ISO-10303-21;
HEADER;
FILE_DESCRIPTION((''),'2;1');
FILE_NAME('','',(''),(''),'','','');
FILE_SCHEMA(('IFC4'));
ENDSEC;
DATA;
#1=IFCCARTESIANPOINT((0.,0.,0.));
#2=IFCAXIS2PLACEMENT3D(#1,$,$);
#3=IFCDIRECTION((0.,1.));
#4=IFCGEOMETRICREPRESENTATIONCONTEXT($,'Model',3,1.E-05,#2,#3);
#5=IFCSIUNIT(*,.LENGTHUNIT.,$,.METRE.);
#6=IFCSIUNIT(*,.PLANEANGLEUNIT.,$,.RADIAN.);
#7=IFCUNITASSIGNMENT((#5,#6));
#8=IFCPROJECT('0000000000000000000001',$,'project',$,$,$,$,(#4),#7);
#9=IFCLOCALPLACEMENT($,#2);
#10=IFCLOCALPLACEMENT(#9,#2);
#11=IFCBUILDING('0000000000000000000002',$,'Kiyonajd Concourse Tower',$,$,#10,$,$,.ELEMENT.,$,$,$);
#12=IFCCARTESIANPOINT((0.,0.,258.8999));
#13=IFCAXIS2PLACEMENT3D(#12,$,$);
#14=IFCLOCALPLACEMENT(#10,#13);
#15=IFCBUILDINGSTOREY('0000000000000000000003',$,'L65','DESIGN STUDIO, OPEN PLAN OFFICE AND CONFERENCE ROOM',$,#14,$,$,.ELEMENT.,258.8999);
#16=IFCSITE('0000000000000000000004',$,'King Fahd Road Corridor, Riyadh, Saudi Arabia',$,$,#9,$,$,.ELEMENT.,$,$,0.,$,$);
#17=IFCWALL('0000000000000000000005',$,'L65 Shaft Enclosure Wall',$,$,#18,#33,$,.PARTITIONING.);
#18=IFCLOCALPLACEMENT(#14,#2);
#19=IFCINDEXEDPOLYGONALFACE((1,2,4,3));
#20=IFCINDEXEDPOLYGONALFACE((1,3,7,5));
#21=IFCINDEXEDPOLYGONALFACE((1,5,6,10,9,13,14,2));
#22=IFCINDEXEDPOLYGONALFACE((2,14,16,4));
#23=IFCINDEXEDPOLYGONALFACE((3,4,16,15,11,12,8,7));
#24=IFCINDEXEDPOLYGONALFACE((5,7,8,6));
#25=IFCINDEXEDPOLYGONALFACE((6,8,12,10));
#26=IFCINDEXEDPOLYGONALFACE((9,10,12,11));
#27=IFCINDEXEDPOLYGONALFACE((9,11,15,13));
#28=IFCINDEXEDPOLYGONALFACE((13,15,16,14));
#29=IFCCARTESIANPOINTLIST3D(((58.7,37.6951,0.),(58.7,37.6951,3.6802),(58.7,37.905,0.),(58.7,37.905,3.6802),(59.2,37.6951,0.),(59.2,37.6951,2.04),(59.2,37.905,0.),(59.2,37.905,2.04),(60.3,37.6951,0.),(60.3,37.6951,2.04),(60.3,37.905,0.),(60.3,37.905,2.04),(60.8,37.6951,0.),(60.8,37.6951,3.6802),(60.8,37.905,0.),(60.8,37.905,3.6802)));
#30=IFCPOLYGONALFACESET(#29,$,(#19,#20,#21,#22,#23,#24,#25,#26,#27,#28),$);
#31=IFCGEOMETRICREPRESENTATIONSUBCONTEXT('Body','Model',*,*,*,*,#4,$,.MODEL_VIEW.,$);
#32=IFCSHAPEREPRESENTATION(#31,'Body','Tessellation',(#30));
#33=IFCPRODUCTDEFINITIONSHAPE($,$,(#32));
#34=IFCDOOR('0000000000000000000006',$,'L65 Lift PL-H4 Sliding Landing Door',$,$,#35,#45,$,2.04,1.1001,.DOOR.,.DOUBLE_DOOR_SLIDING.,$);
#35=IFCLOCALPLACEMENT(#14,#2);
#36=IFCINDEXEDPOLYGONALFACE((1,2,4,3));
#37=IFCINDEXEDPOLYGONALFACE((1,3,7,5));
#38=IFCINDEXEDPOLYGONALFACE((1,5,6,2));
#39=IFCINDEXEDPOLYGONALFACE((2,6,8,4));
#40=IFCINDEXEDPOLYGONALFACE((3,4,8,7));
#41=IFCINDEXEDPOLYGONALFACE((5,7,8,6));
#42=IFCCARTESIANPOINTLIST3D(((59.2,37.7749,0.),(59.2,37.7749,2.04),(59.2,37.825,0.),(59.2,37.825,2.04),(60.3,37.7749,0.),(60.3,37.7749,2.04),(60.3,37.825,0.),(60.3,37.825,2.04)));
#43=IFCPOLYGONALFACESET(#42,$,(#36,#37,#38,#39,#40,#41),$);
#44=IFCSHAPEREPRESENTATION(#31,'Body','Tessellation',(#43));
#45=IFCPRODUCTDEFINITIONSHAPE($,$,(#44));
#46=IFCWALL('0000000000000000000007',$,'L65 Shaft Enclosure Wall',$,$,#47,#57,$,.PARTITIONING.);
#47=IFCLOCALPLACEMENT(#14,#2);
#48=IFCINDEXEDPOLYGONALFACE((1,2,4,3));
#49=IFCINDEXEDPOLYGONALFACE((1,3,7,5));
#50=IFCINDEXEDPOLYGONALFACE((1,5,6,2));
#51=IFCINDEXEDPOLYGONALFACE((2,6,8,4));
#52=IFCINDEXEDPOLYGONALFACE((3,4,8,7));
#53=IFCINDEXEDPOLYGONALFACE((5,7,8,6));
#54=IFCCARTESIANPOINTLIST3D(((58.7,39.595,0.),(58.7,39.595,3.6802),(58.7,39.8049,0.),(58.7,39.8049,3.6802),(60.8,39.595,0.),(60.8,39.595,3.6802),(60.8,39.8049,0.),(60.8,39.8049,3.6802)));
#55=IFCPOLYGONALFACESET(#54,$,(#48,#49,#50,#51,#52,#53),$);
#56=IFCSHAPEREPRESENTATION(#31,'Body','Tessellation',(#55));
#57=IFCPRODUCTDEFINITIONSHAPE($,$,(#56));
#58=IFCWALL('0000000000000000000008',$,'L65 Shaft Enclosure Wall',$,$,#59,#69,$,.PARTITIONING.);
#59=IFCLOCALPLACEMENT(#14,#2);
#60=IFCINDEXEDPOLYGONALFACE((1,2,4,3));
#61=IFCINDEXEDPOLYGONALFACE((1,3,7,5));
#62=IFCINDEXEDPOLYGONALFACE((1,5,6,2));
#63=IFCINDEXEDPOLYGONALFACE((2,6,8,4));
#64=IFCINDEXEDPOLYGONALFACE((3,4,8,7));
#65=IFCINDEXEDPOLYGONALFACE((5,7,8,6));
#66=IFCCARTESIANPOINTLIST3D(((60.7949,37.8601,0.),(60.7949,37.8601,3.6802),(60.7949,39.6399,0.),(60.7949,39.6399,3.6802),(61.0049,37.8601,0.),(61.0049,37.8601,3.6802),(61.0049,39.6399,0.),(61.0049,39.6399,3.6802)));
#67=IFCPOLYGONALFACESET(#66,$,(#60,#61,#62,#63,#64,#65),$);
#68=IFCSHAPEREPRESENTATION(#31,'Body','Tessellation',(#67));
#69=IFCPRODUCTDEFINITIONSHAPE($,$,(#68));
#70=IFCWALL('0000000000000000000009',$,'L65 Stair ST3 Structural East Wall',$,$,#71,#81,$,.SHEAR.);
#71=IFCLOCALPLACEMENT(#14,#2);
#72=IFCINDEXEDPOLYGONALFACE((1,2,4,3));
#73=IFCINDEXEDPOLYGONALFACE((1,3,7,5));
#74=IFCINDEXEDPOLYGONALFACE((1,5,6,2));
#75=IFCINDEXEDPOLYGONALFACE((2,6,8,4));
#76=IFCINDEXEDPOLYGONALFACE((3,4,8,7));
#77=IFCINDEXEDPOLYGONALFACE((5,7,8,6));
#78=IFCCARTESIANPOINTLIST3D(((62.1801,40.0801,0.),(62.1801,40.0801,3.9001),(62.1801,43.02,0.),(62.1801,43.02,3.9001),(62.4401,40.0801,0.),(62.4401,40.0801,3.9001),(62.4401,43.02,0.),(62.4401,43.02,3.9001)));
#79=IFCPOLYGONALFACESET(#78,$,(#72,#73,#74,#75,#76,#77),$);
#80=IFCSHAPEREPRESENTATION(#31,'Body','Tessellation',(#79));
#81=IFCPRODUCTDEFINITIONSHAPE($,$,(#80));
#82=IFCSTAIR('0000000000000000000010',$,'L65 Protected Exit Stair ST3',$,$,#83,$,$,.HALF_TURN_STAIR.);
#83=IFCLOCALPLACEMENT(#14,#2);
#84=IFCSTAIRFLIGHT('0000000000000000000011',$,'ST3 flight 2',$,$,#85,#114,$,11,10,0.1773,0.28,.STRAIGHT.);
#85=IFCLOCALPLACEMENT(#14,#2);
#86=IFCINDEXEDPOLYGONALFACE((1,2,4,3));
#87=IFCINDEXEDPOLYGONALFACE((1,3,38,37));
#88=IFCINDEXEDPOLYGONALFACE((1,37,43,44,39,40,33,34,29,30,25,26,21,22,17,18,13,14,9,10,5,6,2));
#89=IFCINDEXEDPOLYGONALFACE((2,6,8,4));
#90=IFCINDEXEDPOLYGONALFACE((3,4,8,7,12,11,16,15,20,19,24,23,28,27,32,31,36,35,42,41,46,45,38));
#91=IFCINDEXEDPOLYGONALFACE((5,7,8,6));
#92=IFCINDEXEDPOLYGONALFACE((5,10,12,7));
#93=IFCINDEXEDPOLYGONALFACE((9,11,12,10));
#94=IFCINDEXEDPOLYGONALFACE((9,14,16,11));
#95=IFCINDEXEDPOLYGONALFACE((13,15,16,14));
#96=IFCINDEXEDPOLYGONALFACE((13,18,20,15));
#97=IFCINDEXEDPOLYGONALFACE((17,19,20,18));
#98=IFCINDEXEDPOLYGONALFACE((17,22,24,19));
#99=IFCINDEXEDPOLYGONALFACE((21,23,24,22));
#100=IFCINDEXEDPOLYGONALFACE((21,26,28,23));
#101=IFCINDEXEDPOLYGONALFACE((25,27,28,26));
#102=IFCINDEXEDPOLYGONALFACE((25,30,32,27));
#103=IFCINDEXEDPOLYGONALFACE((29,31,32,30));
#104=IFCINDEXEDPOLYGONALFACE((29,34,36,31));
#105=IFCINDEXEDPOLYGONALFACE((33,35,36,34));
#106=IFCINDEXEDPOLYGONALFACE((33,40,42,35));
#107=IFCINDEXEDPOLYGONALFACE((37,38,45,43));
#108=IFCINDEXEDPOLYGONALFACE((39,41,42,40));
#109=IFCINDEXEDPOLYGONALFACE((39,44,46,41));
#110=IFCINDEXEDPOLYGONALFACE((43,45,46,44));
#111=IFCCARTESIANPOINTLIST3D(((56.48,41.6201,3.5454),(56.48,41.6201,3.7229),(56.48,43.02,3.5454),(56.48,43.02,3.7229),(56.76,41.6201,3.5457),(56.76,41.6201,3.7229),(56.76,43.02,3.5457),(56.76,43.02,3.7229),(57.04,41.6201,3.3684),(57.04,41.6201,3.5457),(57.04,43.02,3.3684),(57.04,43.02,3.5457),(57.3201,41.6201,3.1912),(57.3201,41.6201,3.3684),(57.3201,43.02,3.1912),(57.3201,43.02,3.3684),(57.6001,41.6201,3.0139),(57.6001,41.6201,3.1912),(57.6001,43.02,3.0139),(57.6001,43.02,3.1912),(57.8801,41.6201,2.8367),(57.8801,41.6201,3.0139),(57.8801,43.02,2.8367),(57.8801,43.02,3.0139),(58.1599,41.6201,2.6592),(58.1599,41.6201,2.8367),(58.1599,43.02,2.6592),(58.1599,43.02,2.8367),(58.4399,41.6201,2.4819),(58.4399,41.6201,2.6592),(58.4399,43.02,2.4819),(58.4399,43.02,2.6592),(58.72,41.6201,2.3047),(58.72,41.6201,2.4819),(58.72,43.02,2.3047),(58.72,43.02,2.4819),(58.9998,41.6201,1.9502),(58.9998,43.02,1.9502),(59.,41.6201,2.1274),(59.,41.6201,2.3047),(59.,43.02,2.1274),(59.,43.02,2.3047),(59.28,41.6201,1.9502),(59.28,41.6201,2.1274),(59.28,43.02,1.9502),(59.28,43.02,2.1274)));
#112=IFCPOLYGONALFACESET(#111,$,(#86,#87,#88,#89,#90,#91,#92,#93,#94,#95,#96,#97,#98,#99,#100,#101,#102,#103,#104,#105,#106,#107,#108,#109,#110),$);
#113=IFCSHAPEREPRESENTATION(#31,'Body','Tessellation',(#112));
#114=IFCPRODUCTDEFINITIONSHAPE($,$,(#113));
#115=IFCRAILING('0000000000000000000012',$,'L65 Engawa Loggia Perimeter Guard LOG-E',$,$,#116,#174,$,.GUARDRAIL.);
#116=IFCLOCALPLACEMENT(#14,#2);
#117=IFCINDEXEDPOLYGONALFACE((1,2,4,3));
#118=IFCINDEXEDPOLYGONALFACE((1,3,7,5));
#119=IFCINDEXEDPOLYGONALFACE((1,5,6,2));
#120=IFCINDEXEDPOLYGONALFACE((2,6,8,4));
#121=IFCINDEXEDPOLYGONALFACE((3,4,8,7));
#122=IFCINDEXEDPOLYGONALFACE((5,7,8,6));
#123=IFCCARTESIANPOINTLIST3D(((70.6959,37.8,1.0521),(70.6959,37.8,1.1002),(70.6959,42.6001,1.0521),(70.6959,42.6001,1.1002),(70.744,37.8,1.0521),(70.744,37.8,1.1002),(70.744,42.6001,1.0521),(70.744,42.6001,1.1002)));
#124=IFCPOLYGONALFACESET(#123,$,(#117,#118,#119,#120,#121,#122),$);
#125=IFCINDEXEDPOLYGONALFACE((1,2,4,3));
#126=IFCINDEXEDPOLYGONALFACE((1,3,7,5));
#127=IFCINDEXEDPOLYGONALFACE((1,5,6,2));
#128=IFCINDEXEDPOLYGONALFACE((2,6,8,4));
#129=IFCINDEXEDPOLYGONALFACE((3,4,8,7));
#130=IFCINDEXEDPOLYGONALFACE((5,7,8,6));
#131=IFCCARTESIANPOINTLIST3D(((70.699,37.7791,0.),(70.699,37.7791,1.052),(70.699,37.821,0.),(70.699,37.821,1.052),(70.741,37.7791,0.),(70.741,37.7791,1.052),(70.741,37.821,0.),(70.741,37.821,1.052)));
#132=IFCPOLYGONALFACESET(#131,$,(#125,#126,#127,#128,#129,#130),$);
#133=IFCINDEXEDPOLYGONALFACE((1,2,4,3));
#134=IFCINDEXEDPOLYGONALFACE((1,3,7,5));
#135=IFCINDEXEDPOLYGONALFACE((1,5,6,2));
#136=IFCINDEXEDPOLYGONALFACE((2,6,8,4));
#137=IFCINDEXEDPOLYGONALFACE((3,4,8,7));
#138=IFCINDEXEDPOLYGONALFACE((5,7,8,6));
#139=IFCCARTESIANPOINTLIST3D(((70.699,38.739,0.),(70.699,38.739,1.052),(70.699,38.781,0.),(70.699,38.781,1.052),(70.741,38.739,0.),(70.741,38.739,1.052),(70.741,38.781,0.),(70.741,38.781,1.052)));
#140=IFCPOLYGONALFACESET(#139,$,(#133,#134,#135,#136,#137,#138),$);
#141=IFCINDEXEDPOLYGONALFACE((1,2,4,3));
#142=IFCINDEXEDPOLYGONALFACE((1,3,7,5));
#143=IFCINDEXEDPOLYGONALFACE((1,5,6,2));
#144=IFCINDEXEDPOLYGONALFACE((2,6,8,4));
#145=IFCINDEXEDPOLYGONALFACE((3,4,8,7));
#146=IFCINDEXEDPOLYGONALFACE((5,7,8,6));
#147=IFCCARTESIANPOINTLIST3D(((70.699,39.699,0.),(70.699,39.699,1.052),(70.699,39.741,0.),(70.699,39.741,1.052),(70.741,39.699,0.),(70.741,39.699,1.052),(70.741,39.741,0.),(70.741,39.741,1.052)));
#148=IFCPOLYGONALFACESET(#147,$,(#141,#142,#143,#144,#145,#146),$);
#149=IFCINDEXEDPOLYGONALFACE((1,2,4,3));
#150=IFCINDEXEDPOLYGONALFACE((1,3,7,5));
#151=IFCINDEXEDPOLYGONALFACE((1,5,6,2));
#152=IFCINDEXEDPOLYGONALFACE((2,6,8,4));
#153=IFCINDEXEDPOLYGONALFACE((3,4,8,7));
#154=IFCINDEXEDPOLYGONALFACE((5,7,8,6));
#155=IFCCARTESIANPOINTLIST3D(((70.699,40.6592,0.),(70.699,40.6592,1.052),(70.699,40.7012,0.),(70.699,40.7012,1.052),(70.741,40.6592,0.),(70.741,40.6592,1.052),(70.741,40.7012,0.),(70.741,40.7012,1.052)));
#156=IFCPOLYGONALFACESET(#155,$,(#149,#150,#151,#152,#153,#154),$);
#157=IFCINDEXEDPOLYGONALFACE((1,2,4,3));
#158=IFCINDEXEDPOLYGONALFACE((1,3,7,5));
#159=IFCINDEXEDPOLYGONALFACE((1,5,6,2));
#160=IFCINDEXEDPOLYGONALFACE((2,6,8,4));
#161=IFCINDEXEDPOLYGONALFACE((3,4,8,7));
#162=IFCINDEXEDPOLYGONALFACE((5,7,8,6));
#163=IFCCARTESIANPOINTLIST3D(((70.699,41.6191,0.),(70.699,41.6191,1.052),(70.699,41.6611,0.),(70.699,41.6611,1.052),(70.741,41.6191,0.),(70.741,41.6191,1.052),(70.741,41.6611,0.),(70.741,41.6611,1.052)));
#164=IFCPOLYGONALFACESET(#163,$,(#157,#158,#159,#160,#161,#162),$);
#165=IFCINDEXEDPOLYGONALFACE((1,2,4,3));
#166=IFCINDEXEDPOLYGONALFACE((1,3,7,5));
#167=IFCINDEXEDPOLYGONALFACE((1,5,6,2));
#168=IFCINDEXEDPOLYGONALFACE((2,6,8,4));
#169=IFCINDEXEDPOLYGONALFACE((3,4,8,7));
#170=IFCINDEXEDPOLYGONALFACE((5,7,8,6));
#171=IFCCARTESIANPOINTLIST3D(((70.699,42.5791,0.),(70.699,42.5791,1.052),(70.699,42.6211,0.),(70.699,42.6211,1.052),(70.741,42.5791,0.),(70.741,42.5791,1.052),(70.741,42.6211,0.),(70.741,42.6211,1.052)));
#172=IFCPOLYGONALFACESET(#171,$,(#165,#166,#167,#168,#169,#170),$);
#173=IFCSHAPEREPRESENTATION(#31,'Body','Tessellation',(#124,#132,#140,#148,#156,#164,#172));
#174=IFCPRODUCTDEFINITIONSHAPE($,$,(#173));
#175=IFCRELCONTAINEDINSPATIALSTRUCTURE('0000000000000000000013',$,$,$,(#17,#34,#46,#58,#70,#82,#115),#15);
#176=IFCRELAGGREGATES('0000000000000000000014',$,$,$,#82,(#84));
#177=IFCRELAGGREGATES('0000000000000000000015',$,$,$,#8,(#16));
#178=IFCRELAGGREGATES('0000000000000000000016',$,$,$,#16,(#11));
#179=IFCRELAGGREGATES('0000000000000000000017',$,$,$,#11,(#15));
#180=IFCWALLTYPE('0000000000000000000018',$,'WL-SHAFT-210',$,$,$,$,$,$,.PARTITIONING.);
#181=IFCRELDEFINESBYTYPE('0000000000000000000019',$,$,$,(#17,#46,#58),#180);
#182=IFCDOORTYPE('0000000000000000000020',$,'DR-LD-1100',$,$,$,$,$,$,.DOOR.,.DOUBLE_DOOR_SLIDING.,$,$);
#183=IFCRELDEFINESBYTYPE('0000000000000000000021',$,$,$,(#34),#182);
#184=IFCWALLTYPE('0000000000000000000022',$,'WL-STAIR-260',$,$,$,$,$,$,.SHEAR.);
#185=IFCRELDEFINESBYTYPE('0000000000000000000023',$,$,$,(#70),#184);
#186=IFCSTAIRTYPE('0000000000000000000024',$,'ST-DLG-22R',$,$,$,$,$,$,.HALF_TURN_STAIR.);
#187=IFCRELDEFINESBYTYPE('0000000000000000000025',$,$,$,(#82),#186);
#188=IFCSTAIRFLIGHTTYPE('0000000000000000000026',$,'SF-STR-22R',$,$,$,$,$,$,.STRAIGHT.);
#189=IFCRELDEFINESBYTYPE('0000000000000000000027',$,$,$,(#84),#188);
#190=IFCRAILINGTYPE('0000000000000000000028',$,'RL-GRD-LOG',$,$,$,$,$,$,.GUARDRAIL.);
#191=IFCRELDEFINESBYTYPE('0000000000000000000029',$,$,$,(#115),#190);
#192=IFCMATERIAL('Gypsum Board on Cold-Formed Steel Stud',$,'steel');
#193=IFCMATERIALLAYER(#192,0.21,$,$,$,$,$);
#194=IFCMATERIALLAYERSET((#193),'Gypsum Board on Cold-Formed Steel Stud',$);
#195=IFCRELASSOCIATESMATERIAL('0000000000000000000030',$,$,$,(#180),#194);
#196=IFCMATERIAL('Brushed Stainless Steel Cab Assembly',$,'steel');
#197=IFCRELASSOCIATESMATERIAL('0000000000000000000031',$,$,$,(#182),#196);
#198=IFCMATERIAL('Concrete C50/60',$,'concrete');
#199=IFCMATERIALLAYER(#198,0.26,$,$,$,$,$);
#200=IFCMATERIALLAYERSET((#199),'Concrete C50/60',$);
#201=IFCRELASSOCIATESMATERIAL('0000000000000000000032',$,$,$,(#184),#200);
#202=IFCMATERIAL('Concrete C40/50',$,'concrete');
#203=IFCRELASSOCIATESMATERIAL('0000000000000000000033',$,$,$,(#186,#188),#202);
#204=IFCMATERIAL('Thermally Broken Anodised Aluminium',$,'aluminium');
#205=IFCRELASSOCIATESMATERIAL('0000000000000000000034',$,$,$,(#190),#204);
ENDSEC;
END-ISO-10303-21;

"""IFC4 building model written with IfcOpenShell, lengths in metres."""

from ifc_helpers import new_model, si_unit, direction, frame, frame_2d, origin, origin_2d, place, context, subcontext, project, spatial, polyline, rectangle, outline, extrude, material, layer, layer_set, type_object, element, fill, aggregate, save


model = new_model("IFC4")

# Units and contexts
model_context = context("Model", 3, precision=1e-05, world=origin(), true_north=direction((0.0, 1.0)))
body_context = subcontext(model_context, "Body", "Model", "MODEL_VIEW")
ifc_project = project(units=[si_unit("LENGTHUNIT", "METRE"), si_unit("PLANEANGLEUNIT", "RADIAN")], contexts=[model_context])

# Site, building, storey
site_placement = place(None, origin())
site = spatial("IfcSite", under=ifc_project, at=site_placement, Name="King Fahd Road Corridor, Riyadh, Saudi Arabia", CompositionType="ELEMENT", RefElevation=0.0)
building_placement = place(site_placement, origin())
building = spatial("IfcBuilding", under=site, at=building_placement, Name="Kiyonajd Concourse Tower", CompositionType="ELEMENT")
storey_placement = place(building_placement, frame((0.0, 0.0, 258.8999)))
storey = spatial("IfcBuildingStorey", under=building, at=storey_placement, Name="L65", Description="DESIGN STUDIO, OPEN PLAN OFFICE AND CONFERENCE ROOM", CompositionType="ELEMENT", Elevation=258.8999)

# Shared definitions
ifc_material_1 = material(Name="Thermally Broken Anodised Aluminium", Category="aluminium")

# Shared definitions
ifc_material_2 = material(Name="Gypsum Board on Cold-Formed Steel Stud", Category="steel")
ifc_layer_1 = layer(ifc_material_2, 0.21)
ifc_layer_set_1 = layer_set([ifc_layer_1], Name="Gypsum Board on Cold-Formed Steel Stud")
wall_type_1 = type_object("IfcWallType", Name="WL-SHAFT-210", PredefinedType="PARTITIONING", material=ifc_layer_set_1)

# Wall, opening, door
wall_1_placement = place(storey_placement, frame((58.7, 37.8, 0.0), z_axis=(0.0, 0.0, 1.0), x_axis=(1.0, 0.0, 0.0)))
wall_1 = element("IfcWall", 1, at=wall_1_placement, inside=storey, type_object=wall_type_1, Name="L65 Shaft Enclosure Wall", PredefinedType="PARTITIONING", context=body_context, shape_type="SweptSolid", body=[
    extrude(rectangle(XDim=2.1001, YDim=0.21, at=frame_2d((1.05, 0.0))), origin(), (0.0, 0.0, 1.0), 3.6802),
])
opening_1_placement = place(wall_1_placement, frame((0.5, 0.0, 0.0)))
opening_1 = element("IfcOpeningElement", 2, at=opening_1_placement, cuts=wall_1, PredefinedType="OPENING", context=body_context, shape_type="SweptSolid", body=[
    extrude(rectangle(XDim=1.1001, YDim=2.04, at=frame_2d((0.55, 1.02))), frame((0.0, 0.115, 0.0), z_axis=(0.0, -1.0, 0.0), x_axis=(1.0, 0.0, 0.0)), (0.0, 0.0, 1.0), 0.23),
])
ifc_material_3 = material(Name="Brushed Stainless Steel Cab Assembly", Category="steel")
door_type_1 = type_object("IfcDoorType", Name="DR-LD-1100", OperationType="DOUBLE_DOOR_SLIDING", PredefinedType="DOOR", material=ifc_material_3)
door_1_placement = place(opening_1_placement, origin())
door_1 = element("IfcDoor", 3, at=door_1_placement, inside=storey, type_object=door_type_1, Name="L65 Lift PL-H4 Sliding Landing Door", OperationType="DOUBLE_DOOR_SLIDING", OverallHeight=2.04, OverallWidth=1.1001, PredefinedType="DOOR", context=body_context, shape_type="SweptSolid", body=[
    extrude(rectangle(XDim=1.1001, YDim=2.04, at=frame_2d((0.55, 1.02))), frame((0.0, 0.0249, 0.0), z_axis=(0.0, -1.0, 0.0), x_axis=(1.0, 0.0, 0.0)), (0.0, 0.0, 1.0), 0.05),
])
fill(opening_1, door_1)

# Walls
wall_2_placement = place(storey_placement, frame((58.7, 39.7, 0.0), z_axis=(0.0, 0.0, 1.0), x_axis=(1.0, 0.0, 0.0)))
element("IfcWall", 4, at=wall_2_placement, inside=storey, type_object=wall_type_1, Name="L65 Shaft Enclosure Wall", PredefinedType="PARTITIONING", context=body_context, shape_type="SweptSolid", body=[
    extrude(rectangle(XDim=2.1001, YDim=0.21, at=frame_2d((1.05, 0.0))), origin(), (0.0, 0.0, 1.0), 3.6802),
])
wall_3_placement = place(storey_placement, frame((60.8999, 37.8601, 0.0), z_axis=(0.0, 0.0, 1.0), x_axis=(0.0, 1.0, 0.0)))
element("IfcWall", 5, at=wall_3_placement, inside=storey, type_object=wall_type_1, Name="L65 Shaft Enclosure Wall", PredefinedType="PARTITIONING", context=body_context, shape_type="SweptSolid", body=[
    extrude(rectangle(XDim=1.7798, YDim=0.21, at=frame_2d((0.8899, 0.0))), origin(), (0.0, 0.0, 1.0), 3.6802),
])
ifc_material_4 = material(Name="Concrete C50/60", Category="concrete")
ifc_layer_2 = layer(ifc_material_4, 0.26)
ifc_layer_set_2 = layer_set([ifc_layer_2], Name="Concrete C50/60")
wall_type_2 = type_object("IfcWallType", Name="WL-STAIR-260", PredefinedType="SHEAR", material=ifc_layer_set_2)
wall_4_placement = place(storey_placement, frame((62.3101, 40.0801, 0.0), z_axis=(0.0, 0.0, 1.0), x_axis=(0.0, 1.0, 0.0)))
element("IfcWall", 6, at=wall_4_placement, inside=storey, type_object=wall_type_2, Name="L65 Stair ST3 Structural East Wall", PredefinedType="SHEAR", context=body_context, shape_type="SweptSolid", body=[
    extrude(rectangle(XDim=2.9399, YDim=0.26, at=frame_2d((1.47, 0.0))), origin(), (0.0, 0.0, 1.0), 3.9001),
])

# Stair, stair flight
ifc_material_5 = material(Name="Concrete C40/50", Category="concrete")
stair_type = type_object("IfcStairType", Name="ST-DLG-22R", PredefinedType="HALF_TURN_STAIR", material=ifc_material_5)
stair_placement = place(storey_placement, origin())
stair = element("IfcStair", 7, at=stair_placement, inside=storey, type_object=stair_type, Name="L65 Protected Exit Stair ST3", PredefinedType="HALF_TURN_STAIR")
stair_flight_type = type_object("IfcStairFlightType", Name="SF-STR-22R", PredefinedType="STRAIGHT", material=ifc_material_5)
stair_flight_placement = place(storey_placement, frame((59.28, 42.3201, 1.9502), z_axis=(0.0, 0.0, 1.0), x_axis=(-1.0, 0.0, 0.0)))
stair_flight = element("IfcStairFlight", 8, at=stair_flight_placement, type_object=stair_flight_type, Name="ST3 flight 2", NumberOfRisers=11, NumberOfTreads=10, PredefinedType="STRAIGHT", RiserHeight=0.1773, TreadLength=0.28, context=body_context, shape_type="SweptSolid", body=[
    extrude(outline(polyline([(0.0, 0.0), (0.0, 0.1772), (0.28, 0.1772), (0.28, 0.3545), (0.5601, 0.3545), (0.5601, 0.5317), (0.8401, 0.5317), (0.8401, 0.709), (1.1201, 0.709), (1.1201, 0.8865), (1.3999, 0.8865), (1.3999, 1.0637), (1.6799, 1.0637), (1.6799, 1.241), (1.96, 1.241), (1.96, 1.4182), (2.24, 1.4182), (2.24, 1.5955), (2.52, 1.5955), (2.52, 1.7727), (2.8, 1.7727), (2.8, 1.95), (2.8, 1.5952), (0.2803, 0.0), (0.0, 0.0)])), frame((0.0, 0.7, 0.0), z_axis=(0.0, -1.0, 0.0), x_axis=(1.0, 0.0, 0.0)), (0.0, 0.0, 1.0), 1.3999),
])
aggregate(stair, [stair_flight])

# Railing
railing_type_1 = type_object("IfcRailingType", Name="RL-GRD-LOG", PredefinedType="GUARDRAIL", material=ifc_material_1)
railing_1_placement = place(storey_placement, frame((70.72, 37.8, 0.0)))
element("IfcRailing", 9, at=railing_1_placement, inside=storey, type_object=railing_type_1, Name="L65 Engawa Loggia Perimeter Guard LOG-E", PredefinedType="GUARDRAIL", context=body_context, shape_type="SweptSolid", body=[
    extrude(rectangle(XDim=0.0481, YDim=0.0481, at=origin_2d()), frame((0.0, 0.0, 1.0762), z_axis=(0.0, 1.0, 0.0), x_axis=(-1.0, 0.0, 0.0)), (0.0, 0.0, 1.0), 4.8),
    extrude(rectangle(XDim=0.042, YDim=0.042, at=origin_2d()), origin(), (0.0, 0.0, 1.0), 1.052),
    extrude(rectangle(XDim=0.042, YDim=0.042, at=origin_2d()), frame((0.0, 0.96, 0.0)), (0.0, 0.0, 1.0), 1.052),
    extrude(rectangle(XDim=0.042, YDim=0.042, at=origin_2d()), frame((0.0, 1.9199, 0.0)), (0.0, 0.0, 1.0), 1.052),
    extrude(rectangle(XDim=0.042, YDim=0.042, at=origin_2d()), frame((0.0, 2.8801, 0.0)), (0.0, 0.0, 1.0), 1.052),
    extrude(rectangle(XDim=0.042, YDim=0.042, at=origin_2d()), frame((0.0, 3.8401, 0.0)), (0.0, 0.0, 1.0), 1.052),
    extrude(rectangle(XDim=0.042, YDim=0.042, at=origin_2d()), frame((0.0, 4.8, 0.0)), (0.0, 0.0, 1.0), 1.052),
])

save(model, "model.ifc")
